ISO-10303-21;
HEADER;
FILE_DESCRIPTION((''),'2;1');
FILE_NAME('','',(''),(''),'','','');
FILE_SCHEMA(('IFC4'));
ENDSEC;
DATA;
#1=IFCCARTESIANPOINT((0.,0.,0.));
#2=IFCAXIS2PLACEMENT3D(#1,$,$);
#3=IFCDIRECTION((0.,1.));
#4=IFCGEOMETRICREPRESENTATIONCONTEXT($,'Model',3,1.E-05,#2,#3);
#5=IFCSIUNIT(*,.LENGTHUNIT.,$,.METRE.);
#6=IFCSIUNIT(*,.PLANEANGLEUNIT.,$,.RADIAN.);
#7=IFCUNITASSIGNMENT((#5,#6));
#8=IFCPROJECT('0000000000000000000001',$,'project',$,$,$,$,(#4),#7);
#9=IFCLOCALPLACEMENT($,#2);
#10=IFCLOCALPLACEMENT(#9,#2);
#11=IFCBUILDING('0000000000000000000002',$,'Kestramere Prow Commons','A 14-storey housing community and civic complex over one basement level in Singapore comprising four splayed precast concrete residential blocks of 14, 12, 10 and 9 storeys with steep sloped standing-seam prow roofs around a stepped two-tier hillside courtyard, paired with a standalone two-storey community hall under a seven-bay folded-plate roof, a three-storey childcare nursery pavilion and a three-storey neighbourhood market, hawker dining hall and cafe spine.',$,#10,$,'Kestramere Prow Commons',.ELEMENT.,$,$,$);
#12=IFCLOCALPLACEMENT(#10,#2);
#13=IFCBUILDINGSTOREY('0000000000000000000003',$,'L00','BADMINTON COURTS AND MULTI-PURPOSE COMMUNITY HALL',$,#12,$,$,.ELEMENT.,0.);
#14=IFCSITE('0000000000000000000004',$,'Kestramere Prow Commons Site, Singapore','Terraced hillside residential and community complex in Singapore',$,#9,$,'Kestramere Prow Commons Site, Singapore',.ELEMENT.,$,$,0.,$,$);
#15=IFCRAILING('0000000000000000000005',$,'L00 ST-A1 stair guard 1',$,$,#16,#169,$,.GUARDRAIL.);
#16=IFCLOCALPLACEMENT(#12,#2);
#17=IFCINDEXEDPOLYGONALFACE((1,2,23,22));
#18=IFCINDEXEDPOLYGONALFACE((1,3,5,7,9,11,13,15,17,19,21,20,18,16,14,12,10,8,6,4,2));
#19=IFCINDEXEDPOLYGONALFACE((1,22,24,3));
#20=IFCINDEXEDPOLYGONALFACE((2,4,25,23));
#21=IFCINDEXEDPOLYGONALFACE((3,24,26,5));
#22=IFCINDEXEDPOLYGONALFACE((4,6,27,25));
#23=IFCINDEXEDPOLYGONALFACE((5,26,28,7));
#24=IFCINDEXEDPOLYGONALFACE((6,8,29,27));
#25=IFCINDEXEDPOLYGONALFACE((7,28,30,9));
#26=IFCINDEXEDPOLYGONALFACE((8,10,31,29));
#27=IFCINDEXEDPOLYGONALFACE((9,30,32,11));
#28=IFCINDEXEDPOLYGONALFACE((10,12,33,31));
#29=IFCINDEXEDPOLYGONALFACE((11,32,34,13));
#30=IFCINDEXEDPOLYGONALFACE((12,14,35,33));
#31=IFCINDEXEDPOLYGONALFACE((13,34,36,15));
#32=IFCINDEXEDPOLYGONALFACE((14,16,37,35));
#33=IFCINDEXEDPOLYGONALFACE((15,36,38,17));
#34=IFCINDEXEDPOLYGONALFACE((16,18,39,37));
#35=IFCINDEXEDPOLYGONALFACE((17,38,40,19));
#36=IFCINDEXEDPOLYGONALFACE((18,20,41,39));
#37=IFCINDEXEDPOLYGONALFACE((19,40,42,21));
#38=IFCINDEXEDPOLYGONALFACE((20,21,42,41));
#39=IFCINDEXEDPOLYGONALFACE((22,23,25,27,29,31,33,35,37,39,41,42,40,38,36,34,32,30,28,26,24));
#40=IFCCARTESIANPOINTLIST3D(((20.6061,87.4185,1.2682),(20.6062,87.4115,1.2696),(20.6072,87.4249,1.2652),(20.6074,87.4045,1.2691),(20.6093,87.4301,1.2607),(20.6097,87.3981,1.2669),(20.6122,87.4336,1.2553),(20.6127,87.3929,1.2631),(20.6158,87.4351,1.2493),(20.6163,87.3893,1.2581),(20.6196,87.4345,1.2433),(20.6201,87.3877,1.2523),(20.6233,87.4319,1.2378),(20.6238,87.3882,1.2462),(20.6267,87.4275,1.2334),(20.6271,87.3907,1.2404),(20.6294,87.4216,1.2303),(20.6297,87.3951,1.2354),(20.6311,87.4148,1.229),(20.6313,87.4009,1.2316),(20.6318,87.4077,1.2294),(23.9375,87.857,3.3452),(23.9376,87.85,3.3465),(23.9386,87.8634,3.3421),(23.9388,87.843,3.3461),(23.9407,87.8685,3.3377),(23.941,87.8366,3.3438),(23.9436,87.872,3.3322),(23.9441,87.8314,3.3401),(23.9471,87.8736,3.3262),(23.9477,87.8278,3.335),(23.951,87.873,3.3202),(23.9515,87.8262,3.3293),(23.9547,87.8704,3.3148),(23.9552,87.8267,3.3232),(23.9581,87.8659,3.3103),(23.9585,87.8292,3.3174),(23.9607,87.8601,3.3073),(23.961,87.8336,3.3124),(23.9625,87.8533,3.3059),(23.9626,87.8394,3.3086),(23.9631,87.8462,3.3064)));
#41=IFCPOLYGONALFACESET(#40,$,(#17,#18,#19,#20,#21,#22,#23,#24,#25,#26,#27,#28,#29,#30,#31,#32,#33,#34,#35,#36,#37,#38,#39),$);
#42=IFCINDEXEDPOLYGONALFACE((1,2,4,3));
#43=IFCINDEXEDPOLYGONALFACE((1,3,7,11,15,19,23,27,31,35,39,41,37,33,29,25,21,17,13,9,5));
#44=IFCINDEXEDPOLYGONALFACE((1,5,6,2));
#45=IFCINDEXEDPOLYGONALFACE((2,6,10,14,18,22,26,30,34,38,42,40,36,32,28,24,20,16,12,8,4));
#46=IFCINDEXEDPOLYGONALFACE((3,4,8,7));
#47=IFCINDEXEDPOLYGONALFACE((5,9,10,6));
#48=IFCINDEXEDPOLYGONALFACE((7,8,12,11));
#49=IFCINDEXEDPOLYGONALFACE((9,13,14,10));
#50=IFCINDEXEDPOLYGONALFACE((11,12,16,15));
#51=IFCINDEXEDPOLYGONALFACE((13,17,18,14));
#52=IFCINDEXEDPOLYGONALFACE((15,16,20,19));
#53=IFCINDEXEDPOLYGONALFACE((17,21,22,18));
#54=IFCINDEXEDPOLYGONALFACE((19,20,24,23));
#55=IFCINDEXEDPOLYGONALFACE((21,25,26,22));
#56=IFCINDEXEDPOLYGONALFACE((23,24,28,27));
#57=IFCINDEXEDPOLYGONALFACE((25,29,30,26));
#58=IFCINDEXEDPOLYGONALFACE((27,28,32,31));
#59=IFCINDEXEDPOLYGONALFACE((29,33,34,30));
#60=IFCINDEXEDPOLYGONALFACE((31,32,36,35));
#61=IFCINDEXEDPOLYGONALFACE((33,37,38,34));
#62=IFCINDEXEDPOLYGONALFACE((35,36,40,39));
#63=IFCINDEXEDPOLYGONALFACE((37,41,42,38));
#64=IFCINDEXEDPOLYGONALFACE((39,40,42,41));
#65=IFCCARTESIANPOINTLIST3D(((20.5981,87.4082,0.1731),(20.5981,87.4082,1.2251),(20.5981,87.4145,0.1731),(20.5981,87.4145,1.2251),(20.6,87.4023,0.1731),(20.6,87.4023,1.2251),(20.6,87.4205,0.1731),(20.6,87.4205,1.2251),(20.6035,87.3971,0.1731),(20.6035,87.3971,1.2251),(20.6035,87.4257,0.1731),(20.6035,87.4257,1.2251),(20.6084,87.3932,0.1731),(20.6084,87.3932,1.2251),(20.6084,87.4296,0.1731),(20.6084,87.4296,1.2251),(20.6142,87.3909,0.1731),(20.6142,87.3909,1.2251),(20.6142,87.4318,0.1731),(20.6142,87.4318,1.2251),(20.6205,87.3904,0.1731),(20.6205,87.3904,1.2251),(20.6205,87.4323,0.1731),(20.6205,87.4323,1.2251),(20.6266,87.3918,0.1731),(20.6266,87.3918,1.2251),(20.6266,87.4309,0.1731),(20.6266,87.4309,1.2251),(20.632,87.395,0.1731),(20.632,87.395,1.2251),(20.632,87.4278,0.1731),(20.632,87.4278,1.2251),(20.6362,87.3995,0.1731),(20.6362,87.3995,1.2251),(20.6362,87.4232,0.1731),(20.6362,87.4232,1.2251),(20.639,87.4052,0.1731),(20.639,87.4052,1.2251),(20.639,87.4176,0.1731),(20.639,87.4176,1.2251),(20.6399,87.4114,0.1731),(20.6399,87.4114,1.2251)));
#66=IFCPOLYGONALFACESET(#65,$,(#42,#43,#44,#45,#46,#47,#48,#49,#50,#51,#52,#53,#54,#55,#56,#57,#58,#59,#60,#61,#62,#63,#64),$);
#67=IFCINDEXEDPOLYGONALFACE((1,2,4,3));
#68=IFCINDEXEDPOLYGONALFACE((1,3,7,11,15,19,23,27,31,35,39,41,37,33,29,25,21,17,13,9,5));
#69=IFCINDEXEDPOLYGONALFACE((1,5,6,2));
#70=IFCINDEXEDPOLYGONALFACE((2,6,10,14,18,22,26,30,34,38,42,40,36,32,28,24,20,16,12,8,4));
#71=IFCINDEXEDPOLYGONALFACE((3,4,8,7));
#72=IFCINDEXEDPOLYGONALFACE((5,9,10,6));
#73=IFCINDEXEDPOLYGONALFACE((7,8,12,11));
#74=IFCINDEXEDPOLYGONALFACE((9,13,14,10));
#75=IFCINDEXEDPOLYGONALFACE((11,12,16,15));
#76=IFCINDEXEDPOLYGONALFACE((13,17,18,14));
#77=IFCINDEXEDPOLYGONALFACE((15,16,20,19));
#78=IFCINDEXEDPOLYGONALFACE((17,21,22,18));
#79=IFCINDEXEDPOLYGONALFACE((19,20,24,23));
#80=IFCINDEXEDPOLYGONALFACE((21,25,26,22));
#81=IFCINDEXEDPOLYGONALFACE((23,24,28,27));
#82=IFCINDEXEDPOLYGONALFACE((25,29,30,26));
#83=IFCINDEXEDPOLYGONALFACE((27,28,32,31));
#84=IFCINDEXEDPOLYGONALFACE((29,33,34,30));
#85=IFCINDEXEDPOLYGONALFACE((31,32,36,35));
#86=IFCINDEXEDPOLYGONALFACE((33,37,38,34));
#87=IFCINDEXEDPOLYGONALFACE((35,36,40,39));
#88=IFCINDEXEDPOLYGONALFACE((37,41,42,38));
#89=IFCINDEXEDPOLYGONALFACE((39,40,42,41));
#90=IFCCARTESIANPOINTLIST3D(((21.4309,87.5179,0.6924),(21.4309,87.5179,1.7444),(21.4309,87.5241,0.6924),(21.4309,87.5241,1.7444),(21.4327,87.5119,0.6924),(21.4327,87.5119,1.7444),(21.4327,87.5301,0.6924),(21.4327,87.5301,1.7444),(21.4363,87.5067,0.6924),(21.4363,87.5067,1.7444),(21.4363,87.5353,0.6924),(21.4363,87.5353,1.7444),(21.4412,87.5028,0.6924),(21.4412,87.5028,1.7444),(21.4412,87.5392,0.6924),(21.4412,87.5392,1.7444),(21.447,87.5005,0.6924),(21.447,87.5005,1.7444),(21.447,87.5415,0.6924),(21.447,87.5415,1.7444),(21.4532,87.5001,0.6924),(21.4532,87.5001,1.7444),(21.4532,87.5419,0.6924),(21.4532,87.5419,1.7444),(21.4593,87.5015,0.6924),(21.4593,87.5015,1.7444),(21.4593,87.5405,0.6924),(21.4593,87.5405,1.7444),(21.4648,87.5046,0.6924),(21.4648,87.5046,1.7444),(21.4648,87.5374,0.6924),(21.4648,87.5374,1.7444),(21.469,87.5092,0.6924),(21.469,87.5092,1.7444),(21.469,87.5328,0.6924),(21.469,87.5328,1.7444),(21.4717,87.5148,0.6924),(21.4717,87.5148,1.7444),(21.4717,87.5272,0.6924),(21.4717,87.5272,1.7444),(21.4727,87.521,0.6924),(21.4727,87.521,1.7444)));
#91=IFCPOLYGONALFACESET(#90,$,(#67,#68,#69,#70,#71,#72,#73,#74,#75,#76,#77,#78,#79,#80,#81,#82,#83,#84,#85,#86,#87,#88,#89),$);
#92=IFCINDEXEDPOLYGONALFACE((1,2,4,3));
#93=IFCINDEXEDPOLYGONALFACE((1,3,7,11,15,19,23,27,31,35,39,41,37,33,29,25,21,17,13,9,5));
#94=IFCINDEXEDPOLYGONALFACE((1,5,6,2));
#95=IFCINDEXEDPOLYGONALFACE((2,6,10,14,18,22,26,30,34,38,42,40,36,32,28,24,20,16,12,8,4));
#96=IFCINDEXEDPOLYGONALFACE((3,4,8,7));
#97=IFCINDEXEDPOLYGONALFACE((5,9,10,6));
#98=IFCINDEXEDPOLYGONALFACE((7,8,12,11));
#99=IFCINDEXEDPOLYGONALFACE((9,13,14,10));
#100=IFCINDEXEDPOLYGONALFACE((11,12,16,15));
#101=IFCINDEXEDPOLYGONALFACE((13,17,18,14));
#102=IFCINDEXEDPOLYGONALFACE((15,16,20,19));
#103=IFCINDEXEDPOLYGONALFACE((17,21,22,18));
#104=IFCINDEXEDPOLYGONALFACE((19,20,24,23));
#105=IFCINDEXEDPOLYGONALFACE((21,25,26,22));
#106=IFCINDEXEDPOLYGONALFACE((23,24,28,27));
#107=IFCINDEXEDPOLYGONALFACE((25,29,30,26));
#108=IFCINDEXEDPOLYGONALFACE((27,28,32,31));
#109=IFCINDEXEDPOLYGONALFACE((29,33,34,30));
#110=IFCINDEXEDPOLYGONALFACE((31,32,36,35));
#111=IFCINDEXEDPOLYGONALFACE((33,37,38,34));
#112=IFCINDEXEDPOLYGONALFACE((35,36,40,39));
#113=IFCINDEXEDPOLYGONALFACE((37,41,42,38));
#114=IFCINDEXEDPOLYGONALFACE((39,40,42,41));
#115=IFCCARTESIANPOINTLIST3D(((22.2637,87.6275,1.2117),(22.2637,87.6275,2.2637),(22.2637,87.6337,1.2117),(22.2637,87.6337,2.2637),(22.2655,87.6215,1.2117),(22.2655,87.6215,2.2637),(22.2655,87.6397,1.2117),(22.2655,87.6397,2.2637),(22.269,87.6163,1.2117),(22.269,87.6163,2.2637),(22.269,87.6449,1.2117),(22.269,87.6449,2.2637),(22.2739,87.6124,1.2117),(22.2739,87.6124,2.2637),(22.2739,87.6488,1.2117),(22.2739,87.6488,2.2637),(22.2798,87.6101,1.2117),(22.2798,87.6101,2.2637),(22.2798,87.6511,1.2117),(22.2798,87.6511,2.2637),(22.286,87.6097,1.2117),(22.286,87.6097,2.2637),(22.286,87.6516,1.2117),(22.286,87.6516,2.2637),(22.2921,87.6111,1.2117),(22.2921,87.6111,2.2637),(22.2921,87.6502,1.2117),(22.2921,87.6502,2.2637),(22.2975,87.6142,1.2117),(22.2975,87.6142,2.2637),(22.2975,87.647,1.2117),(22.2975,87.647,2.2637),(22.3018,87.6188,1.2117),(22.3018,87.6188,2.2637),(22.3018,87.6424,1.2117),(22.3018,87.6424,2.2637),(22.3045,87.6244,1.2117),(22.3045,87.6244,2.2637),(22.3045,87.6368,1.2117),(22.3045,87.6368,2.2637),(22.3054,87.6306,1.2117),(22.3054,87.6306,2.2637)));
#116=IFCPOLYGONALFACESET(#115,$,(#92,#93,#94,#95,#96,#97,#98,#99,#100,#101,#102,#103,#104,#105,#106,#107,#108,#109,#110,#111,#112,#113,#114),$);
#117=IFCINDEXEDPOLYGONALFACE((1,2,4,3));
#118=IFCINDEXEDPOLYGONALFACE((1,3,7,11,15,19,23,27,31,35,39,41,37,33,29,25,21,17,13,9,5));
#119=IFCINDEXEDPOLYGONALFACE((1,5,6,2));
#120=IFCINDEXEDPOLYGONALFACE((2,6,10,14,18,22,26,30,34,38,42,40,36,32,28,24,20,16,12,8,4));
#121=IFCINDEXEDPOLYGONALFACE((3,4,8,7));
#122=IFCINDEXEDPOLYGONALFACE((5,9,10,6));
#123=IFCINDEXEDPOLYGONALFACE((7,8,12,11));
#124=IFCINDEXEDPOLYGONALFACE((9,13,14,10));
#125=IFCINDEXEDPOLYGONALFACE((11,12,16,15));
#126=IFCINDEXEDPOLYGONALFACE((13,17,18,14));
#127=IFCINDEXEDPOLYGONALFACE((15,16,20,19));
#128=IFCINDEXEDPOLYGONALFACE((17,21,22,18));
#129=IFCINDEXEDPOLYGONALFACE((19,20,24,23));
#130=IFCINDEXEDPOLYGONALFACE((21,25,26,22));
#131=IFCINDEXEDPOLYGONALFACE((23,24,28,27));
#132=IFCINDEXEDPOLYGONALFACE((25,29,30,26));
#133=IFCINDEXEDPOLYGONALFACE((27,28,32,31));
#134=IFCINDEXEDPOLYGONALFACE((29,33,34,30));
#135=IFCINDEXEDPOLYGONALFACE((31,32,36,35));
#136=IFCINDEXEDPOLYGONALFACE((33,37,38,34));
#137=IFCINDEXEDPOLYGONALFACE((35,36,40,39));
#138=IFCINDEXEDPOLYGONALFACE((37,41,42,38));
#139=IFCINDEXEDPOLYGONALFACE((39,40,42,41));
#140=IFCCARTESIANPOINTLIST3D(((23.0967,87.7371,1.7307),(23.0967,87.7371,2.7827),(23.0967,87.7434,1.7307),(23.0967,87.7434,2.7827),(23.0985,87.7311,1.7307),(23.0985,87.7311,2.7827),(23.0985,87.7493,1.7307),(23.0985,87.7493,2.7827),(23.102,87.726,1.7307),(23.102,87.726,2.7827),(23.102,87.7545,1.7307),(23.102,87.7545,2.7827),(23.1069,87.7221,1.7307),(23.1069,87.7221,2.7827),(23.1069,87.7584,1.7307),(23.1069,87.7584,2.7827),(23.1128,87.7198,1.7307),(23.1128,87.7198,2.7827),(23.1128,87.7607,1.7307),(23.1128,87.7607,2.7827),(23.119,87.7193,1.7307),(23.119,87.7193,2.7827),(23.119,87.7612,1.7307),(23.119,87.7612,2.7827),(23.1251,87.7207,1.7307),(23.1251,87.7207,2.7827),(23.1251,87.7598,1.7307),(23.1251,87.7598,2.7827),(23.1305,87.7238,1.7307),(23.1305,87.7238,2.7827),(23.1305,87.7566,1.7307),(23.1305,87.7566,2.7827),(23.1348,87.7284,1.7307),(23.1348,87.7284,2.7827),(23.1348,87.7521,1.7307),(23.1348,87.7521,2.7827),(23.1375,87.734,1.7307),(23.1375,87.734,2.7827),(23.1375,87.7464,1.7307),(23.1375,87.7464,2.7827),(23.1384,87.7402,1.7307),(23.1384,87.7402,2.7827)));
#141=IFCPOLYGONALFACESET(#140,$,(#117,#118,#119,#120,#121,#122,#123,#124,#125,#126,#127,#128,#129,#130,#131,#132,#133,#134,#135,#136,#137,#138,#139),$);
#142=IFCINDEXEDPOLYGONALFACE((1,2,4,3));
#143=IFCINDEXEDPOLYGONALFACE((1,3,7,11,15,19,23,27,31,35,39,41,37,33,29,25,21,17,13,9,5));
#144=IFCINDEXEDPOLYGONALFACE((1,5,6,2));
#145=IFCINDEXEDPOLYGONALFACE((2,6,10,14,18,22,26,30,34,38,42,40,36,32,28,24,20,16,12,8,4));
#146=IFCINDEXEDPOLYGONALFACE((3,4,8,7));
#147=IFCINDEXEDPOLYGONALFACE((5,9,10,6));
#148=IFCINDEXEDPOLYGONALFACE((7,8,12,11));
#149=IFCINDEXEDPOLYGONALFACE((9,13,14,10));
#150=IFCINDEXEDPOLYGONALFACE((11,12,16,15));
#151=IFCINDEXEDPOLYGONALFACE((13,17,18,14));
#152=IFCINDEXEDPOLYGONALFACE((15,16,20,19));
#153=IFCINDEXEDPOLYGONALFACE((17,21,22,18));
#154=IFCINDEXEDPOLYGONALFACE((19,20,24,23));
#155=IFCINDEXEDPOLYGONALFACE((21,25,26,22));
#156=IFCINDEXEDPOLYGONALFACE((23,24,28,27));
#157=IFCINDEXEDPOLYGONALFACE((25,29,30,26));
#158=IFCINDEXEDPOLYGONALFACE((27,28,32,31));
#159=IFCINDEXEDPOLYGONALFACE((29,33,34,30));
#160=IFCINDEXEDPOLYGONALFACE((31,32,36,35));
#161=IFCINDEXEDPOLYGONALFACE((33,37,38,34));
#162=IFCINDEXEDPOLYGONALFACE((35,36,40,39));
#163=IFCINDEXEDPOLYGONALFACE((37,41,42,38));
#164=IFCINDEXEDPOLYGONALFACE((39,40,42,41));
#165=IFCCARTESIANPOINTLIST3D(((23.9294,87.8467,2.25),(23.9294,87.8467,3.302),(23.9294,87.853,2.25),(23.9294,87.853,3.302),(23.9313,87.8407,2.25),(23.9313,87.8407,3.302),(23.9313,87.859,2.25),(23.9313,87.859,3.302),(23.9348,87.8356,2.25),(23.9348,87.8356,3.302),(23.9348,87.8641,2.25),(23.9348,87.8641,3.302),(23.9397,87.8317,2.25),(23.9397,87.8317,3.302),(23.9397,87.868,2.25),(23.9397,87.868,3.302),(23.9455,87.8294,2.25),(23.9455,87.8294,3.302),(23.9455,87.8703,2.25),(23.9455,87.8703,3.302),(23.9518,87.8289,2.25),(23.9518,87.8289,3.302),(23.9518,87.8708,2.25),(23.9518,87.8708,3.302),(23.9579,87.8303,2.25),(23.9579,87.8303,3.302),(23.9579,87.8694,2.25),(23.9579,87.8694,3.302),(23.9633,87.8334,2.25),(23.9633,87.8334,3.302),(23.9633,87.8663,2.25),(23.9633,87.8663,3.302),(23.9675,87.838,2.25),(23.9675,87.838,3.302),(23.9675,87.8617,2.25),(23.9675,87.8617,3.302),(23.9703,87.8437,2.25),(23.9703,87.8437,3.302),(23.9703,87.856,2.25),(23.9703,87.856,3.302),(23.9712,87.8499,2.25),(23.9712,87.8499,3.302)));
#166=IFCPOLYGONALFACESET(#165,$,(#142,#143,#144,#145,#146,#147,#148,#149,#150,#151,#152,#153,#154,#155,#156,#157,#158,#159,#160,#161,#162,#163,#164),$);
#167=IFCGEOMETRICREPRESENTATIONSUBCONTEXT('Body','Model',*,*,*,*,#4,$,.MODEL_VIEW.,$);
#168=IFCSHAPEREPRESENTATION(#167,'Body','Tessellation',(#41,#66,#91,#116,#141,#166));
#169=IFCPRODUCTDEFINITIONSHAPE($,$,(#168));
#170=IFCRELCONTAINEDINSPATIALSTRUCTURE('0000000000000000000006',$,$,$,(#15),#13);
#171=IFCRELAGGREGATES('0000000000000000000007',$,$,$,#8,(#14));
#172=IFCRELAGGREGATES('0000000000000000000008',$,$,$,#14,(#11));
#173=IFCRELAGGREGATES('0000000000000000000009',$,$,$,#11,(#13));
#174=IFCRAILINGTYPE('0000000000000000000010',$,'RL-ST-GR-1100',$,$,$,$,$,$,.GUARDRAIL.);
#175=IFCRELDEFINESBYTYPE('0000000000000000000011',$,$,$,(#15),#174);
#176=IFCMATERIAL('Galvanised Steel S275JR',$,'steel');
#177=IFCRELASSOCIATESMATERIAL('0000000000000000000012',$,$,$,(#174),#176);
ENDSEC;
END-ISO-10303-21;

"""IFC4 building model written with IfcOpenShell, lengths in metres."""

from ifc_helpers import new_model, si_unit, direction, frame, origin, origin_2d, place, context, subcontext, project, spatial, circle, extrude, material, type_object, element, save


model = new_model("IFC4")

# Units and contexts
model_context = context("Model", 3, precision=1e-05, world=origin(), true_north=direction((0.0, 1.0)))
body_context = subcontext(model_context, "Body", "Model", "MODEL_VIEW")
ifc_project = project(units=[si_unit("LENGTHUNIT", "METRE"), si_unit("PLANEANGLEUNIT", "RADIAN")], contexts=[model_context])

# Site, building, storey
site_placement = place(None, origin())
site = spatial("IfcSite", under=ifc_project, at=site_placement, Name="Kestramere Prow Commons Site, Singapore", Description="Terraced hillside residential and community complex in Singapore", LongName="Kestramere Prow Commons Site, Singapore", CompositionType="ELEMENT", RefElevation=0.0)
building_placement = place(site_placement, origin())
building = spatial("IfcBuilding", under=site, at=building_placement, Name="Kestramere Prow Commons", Description="A 14-storey housing community and civic complex over one basement level in Singapore comprising four splayed precast concrete residential blocks of 14, 12, 10 and 9 storeys with steep sloped standing-seam prow roofs around a stepped two-tier hillside courtyard, paired with a standalone two-storey community hall under a seven-bay folded-plate roof, a three-storey childcare nursery pavilion and a three-storey neighbourhood market, hawker dining hall and cafe spine.", LongName="Kestramere Prow Commons", CompositionType="ELEMENT")
storey_placement = place(building_placement, origin())
storey = spatial("IfcBuildingStorey", under=building, at=storey_placement, Name="L00", Description="BADMINTON COURTS AND MULTI-PURPOSE COMMUNITY HALL", CompositionType="ELEMENT", Elevation=0.0)

# Railing
ifc_material_1 = material(Name="Galvanised Steel S275JR", Category="steel")
railing_type = type_object("IfcRailingType", Name="RL-ST-GR-1100", PredefinedType="GUARDRAIL", material=ifc_material_1)
railing_placement = place(storey_placement, frame((20.6189, 87.4114, 0.1731)))
element("IfcRailing", 1, at=railing_placement, inside=storey, type_object=railing_type, Name="L00 ST-A1 stair guard 1", PredefinedType="GUARDRAIL", context=body_context, shape_type="SweptSolid", body=[
    extrude(circle(Radius=0.0239, at=origin_2d()), frame((0.0, 0.0, 1.0762), z_axis=(0.843344, 0.111004, 0.525784), x_axis=(-0.130498, 0.991449, 0.0)), (0.0, 0.0, 1.0), 3.9502),
    extrude(circle(Radius=0.021, at=origin_2d()), origin(), (0.0, 0.0, 1.0), 1.052),
    extrude(circle(Radius=0.021, at=origin_2d()), frame((0.8328, 0.1096, 0.5193)), (0.0, 0.0, 1.0), 1.052),
    extrude(circle(Radius=0.021, at=origin_2d()), frame((1.6655, 0.2192, 1.0386)), (0.0, 0.0, 1.0), 1.052),
    extrude(circle(Radius=0.021, at=origin_2d()), frame((2.4985, 0.3289, 1.5576)), (0.0, 0.0, 1.0), 1.052),
    extrude(circle(Radius=0.021, at=origin_2d()), frame((3.3313, 0.4385, 2.0769)), (0.0, 0.0, 1.0), 1.052),
])

save(model, "model.ifc")
